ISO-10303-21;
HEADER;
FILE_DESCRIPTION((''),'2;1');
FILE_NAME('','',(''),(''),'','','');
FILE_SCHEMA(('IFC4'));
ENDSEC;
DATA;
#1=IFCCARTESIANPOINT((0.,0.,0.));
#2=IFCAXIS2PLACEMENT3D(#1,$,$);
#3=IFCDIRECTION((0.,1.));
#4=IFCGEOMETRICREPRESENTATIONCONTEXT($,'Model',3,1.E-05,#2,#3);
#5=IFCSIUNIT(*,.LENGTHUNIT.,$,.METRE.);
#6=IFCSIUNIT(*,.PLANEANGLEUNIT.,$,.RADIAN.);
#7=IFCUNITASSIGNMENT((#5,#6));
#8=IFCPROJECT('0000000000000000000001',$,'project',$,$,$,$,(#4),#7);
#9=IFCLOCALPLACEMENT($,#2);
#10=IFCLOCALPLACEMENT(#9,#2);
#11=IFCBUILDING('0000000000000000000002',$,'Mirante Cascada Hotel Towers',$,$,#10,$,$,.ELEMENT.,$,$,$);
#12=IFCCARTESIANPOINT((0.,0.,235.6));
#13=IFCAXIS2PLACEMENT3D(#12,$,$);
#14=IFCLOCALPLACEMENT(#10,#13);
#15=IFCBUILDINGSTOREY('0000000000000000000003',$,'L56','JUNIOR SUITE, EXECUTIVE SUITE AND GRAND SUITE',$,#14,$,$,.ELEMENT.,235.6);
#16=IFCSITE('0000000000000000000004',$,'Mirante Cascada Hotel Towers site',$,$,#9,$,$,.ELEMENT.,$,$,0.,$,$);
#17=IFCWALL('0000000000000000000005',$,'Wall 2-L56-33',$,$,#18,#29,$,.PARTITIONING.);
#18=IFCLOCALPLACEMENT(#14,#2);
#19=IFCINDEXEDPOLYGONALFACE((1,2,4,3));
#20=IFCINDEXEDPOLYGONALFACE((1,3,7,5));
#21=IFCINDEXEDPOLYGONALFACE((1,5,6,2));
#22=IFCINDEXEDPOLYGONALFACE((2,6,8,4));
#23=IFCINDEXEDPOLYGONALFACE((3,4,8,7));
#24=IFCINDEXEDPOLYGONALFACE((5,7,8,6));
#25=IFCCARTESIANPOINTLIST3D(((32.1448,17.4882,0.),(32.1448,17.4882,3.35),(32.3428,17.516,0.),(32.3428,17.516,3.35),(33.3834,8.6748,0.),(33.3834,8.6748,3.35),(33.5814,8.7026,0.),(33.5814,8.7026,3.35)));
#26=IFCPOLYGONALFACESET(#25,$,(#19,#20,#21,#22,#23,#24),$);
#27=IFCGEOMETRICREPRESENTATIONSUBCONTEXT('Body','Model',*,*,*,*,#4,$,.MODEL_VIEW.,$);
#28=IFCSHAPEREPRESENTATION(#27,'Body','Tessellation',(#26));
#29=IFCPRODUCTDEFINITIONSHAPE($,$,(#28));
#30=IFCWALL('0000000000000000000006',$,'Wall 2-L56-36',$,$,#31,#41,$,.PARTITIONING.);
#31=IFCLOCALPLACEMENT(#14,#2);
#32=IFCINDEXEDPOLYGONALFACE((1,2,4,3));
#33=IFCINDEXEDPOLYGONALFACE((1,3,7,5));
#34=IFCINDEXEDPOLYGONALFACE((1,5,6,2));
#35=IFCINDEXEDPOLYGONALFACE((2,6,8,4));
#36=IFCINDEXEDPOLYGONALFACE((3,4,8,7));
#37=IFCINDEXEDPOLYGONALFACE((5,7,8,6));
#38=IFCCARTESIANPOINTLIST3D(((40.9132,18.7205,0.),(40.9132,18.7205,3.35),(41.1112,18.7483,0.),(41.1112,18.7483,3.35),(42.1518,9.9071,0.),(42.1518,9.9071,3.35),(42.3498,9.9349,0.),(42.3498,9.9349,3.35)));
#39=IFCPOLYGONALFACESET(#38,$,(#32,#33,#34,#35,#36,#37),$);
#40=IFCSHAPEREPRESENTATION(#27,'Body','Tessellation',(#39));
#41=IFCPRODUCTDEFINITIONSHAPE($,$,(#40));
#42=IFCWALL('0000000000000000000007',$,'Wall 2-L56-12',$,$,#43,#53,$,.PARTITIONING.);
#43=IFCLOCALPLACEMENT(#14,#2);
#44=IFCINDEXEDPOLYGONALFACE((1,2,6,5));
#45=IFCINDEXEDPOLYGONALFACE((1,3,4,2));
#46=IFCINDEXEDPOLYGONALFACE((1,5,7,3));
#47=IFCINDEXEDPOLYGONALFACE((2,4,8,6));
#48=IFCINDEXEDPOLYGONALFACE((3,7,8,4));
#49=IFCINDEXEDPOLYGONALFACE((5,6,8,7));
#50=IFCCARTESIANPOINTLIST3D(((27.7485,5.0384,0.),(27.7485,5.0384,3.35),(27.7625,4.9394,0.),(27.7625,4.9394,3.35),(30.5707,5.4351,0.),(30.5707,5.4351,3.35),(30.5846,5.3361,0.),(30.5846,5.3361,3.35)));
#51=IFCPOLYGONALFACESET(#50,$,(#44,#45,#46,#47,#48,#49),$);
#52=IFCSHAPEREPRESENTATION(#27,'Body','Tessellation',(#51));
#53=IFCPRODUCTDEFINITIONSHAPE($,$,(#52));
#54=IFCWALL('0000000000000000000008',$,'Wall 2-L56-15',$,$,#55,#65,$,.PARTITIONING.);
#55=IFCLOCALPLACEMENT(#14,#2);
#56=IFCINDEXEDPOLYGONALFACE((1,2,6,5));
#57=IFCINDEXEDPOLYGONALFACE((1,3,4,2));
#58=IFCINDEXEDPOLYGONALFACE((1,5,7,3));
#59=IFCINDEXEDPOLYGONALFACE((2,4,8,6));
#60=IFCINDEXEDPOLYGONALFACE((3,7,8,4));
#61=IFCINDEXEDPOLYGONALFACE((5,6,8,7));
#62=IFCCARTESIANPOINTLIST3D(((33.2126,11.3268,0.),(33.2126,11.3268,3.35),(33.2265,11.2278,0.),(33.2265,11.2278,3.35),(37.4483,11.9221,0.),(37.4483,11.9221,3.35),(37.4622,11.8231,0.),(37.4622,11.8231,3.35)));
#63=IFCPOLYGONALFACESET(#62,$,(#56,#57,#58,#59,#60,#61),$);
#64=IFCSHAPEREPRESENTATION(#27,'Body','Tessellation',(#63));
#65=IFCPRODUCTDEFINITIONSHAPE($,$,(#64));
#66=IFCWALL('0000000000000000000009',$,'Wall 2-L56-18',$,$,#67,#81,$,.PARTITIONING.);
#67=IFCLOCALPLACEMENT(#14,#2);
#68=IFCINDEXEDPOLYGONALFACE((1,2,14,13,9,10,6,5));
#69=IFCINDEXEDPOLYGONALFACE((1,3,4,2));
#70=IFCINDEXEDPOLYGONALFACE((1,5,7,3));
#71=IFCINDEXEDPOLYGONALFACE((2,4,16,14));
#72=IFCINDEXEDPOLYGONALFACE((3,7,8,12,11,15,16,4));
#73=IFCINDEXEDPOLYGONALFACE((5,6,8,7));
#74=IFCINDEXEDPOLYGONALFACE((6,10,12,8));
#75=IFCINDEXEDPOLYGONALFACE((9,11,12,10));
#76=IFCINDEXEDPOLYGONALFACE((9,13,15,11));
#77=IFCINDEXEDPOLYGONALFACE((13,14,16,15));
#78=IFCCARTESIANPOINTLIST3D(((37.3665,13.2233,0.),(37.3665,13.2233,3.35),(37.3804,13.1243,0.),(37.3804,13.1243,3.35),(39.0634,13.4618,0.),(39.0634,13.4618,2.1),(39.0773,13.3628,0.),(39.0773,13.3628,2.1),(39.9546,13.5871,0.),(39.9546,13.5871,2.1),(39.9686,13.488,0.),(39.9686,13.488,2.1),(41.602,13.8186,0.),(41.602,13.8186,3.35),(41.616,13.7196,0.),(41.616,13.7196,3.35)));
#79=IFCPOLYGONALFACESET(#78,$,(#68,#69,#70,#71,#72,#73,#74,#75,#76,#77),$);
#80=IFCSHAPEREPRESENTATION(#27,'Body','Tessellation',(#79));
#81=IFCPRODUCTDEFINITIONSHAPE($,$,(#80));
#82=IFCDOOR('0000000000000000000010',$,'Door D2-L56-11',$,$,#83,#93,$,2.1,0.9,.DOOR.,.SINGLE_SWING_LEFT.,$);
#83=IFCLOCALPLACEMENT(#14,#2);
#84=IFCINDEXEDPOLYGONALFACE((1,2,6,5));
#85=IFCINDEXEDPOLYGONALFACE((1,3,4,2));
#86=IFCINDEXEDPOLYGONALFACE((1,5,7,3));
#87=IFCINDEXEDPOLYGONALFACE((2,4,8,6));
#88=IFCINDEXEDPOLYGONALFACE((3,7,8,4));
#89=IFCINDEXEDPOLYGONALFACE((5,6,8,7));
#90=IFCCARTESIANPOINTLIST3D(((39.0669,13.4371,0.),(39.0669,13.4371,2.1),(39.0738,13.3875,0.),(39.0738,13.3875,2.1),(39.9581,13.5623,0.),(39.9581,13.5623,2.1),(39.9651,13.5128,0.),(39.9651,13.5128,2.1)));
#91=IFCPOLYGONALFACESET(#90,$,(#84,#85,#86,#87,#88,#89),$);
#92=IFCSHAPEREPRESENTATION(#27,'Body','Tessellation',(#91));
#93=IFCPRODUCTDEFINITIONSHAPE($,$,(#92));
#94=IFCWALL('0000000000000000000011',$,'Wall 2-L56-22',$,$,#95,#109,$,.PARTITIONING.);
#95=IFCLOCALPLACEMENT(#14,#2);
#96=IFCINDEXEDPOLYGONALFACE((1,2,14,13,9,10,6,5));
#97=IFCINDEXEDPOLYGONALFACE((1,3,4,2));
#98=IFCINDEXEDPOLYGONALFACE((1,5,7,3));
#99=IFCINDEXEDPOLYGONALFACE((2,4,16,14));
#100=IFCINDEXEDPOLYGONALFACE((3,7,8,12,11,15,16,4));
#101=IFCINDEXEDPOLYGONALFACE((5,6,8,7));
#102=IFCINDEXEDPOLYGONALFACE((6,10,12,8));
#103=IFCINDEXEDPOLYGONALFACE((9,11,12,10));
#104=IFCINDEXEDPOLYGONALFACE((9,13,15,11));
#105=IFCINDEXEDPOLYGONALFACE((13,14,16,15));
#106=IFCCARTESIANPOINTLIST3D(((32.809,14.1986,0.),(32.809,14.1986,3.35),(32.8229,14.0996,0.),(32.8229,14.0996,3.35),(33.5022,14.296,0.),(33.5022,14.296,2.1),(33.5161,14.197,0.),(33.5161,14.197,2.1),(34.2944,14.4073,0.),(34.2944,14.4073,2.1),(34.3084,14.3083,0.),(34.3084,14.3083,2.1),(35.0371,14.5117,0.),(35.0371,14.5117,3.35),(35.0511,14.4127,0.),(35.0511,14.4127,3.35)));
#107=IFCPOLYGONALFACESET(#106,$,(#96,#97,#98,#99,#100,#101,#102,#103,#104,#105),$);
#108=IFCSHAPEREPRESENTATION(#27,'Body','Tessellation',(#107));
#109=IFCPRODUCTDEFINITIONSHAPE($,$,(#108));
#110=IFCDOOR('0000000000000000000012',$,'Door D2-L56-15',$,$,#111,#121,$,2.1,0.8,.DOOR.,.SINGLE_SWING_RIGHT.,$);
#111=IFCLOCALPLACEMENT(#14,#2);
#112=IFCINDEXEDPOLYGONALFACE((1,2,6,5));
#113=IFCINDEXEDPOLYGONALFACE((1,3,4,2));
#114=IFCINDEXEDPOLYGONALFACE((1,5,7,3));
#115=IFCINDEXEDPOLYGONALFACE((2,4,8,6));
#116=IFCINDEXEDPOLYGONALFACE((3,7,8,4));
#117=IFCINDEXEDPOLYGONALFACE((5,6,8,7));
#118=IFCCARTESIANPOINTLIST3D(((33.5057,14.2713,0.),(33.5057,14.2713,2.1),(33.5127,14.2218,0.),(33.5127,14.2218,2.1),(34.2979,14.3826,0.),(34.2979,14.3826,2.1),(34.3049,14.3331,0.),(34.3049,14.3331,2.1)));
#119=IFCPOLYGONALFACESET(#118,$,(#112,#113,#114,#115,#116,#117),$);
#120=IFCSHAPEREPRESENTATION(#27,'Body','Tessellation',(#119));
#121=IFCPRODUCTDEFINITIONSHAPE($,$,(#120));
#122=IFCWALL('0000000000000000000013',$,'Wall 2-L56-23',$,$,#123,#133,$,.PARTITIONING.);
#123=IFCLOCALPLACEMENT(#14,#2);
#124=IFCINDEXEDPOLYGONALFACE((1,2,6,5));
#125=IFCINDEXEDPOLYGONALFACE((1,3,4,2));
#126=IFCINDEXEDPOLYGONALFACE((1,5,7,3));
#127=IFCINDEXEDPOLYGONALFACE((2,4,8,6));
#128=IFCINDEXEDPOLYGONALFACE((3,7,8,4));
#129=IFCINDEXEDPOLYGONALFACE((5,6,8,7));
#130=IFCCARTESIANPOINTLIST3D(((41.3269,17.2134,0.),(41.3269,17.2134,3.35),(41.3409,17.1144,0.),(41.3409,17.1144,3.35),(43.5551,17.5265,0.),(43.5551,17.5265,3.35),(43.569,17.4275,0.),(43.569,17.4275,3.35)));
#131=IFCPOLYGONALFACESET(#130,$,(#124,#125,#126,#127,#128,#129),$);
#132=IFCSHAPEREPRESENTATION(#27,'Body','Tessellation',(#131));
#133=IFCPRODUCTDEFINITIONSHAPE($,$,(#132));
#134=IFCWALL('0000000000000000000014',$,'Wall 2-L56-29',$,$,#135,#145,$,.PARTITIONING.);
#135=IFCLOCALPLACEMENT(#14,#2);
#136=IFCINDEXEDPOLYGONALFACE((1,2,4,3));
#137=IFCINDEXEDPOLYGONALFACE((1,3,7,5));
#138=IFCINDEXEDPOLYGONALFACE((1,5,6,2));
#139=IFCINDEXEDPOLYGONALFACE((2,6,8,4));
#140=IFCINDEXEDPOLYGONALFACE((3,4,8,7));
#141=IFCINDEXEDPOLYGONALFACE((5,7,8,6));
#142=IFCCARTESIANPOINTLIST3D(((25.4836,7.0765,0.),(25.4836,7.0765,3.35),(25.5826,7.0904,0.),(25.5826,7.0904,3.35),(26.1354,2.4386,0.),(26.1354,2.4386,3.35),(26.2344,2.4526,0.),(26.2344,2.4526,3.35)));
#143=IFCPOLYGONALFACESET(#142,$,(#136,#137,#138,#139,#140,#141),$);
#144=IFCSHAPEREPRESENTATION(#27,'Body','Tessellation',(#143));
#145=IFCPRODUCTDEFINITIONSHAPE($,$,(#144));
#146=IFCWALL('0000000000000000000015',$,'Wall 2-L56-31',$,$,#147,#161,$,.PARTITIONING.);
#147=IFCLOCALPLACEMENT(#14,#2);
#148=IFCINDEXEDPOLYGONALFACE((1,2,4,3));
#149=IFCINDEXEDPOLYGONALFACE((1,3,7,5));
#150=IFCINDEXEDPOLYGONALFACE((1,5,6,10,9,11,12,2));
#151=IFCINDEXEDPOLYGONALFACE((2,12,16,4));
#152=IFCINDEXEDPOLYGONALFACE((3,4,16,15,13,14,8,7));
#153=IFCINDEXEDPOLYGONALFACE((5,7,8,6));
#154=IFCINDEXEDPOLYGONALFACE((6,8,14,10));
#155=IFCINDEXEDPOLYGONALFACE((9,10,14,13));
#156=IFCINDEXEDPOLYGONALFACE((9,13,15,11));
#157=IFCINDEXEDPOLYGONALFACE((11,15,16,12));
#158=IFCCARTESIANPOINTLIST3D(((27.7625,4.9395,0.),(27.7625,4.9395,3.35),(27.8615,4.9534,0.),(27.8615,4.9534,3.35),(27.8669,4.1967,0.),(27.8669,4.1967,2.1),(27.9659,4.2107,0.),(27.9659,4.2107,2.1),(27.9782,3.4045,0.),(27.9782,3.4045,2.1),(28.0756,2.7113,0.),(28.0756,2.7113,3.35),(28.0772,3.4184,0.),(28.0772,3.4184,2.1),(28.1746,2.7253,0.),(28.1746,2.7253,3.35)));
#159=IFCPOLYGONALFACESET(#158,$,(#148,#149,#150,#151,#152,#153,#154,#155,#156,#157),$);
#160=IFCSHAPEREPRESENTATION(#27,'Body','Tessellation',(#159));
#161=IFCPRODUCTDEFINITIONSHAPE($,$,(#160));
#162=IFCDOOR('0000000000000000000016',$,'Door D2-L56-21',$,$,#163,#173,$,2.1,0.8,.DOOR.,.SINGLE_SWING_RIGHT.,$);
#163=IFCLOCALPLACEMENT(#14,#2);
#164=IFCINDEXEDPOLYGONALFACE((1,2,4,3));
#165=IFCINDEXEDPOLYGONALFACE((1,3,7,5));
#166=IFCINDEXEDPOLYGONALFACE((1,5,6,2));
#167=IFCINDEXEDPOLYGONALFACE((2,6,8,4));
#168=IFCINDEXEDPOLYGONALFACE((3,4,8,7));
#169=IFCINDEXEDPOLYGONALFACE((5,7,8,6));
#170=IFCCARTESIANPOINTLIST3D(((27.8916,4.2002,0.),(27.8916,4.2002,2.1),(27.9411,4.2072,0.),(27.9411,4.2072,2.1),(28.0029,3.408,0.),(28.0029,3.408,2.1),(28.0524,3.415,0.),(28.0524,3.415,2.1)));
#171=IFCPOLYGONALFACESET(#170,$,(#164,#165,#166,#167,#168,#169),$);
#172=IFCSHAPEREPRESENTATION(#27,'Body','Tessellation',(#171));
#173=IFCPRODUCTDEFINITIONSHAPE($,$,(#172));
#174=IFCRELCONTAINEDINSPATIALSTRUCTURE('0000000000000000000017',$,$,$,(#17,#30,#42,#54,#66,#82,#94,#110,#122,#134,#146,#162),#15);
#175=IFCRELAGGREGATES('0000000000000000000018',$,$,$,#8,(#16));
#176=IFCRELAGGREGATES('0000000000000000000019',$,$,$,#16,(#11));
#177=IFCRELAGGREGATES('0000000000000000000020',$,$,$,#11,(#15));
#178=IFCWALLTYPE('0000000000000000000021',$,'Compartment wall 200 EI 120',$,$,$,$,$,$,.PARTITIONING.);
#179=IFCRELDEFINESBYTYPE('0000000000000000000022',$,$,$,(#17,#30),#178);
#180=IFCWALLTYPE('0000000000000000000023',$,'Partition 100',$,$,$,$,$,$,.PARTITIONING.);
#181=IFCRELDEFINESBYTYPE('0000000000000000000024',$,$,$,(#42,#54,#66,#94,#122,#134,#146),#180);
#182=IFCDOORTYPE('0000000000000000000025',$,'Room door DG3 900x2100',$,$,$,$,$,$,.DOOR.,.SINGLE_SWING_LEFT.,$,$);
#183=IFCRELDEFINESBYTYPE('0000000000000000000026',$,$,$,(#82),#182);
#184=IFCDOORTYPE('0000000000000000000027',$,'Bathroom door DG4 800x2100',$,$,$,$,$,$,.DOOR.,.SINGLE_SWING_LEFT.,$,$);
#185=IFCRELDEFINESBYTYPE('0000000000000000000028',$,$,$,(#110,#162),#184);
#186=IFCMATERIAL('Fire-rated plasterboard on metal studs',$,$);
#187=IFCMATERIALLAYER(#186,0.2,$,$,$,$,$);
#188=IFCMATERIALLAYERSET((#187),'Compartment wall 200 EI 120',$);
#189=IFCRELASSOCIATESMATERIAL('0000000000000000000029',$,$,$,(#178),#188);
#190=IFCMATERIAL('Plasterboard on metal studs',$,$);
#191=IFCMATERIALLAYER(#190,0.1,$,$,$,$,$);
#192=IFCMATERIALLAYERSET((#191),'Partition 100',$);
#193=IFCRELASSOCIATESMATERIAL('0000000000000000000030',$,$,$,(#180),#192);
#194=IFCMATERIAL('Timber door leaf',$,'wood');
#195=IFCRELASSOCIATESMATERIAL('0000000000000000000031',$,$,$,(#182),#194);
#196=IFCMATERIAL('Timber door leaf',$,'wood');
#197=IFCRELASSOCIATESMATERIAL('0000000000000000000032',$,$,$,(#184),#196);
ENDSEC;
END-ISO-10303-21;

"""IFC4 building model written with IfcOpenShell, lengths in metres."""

from ifc_helpers import new_model, si_unit, direction, frame, frame_2d, origin, place, context, subcontext, project, spatial, rectangle, extrude, material, layer, layer_set, type_object, element, fill, save


model = new_model("IFC4")

# Units and contexts
model_context = context("Model", 3, precision=1e-05, world=origin(), true_north=direction((0.0, 1.0)))
body_context = subcontext(model_context, "Body", "Model", "MODEL_VIEW")
ifc_project = project(units=[si_unit("LENGTHUNIT", "METRE"), si_unit("PLANEANGLEUNIT", "RADIAN")], contexts=[model_context])

# Site, building, storey
site_placement = place(None, origin())
site = spatial("IfcSite", under=ifc_project, at=site_placement, Name="Mirante Cascada Hotel Towers site", CompositionType="ELEMENT", RefElevation=0.0)
building_placement = place(site_placement, origin())
building = spatial("IfcBuilding", under=site, at=building_placement, Name="Mirante Cascada Hotel Towers", CompositionType="ELEMENT")
storey_placement = place(building_placement, frame((0.0, 0.0, 235.6)))
storey = spatial("IfcBuildingStorey", under=building, at=storey_placement, Name="L56", Description="JUNIOR SUITE, EXECUTIVE SUITE AND GRAND SUITE", CompositionType="ELEMENT", Elevation=235.6)

# Shared definitions
ifc_material_1 = material(Name="Fire-rated plasterboard on metal studs")
ifc_layer_1 = layer(ifc_material_1, 0.2)
ifc_layer_set_1 = layer_set([ifc_layer_1], Name="Compartment wall 200 EI 120")
wall_type_1 = type_object("IfcWallType", Name="Compartment wall 200 EI 120", PredefinedType="PARTITIONING", material=ifc_layer_set_1)

# Walls
for number, where, z_axis, x_axis, name in (
    (1, (33.4824, 8.6887, 0.0), (0.0, 0.0, 1.0), (-0.139168, 0.990269, 0.0), "Wall 2-L56-33"),
    (2, (41.0122, 18.7344, 0.0), (0.0, 0.0, 1.0), (0.139168, -0.990269, 0.0), "Wall 2-L56-36"),
):
    element("IfcWall", number, at=place(storey_placement, frame(where, z_axis=z_axis, x_axis=x_axis)), inside=storey, type_object=wall_type_1, Name=name, PredefinedType="PARTITIONING", context=body_context, shape_type="SweptSolid", body=[
        extrude(rectangle(XDim=8.9, YDim=0.2, at=frame_2d((4.45, 0.0))), origin(), (0.0, 0.0, 1.0), 3.35),
    ])
ifc_material_2 = material(Name="Plasterboard on metal studs")
ifc_layer_2 = layer(ifc_material_2, 0.1)
ifc_layer_set_2 = layer_set([ifc_layer_2], Name="Partition 100")
wall_type_2 = type_object("IfcWallType", Name="Partition 100", PredefinedType="PARTITIONING", material=ifc_layer_set_2)
wall_1_placement = place(storey_placement, frame((30.5777, 5.3856, 0.0), z_axis=(0.0, 0.0, 1.0), x_axis=(-0.990265, -0.139196, 0.0)))
element("IfcWall", 3, at=wall_1_placement, inside=storey, type_object=wall_type_2, Name="Wall 2-L56-12", PredefinedType="PARTITIONING", context=body_context, shape_type="SweptSolid", body=[
    extrude(rectangle(XDim=2.8499, YDim=0.1, at=frame_2d((1.425, 0.0))), origin(), (0.0, 0.0, 1.0), 3.35),
])
wall_2_placement = place(storey_placement, frame((33.2196, 11.2773, 0.0), z_axis=(0.0, 0.0, 1.0), x_axis=(0.990268, 0.139176, 0.0)))
element("IfcWall", 4, at=wall_2_placement, inside=storey, type_object=wall_type_2, Name="Wall 2-L56-15", PredefinedType="PARTITIONING", context=body_context, shape_type="SweptSolid", body=[
    extrude(rectangle(XDim=4.2773, YDim=0.1, at=frame_2d((2.1386, 0.0))), origin(), (0.0, 0.0, 1.0), 3.35),
])

# Walls, openings, doors
wall_3_placement = place(storey_placement, frame((41.609, 13.7691, 0.0), z_axis=(0.0, 0.0, 1.0), x_axis=(-0.990267, -0.139179, 0.0)))
wall_3 = element("IfcWall", 5, at=wall_3_placement, inside=storey, type_object=wall_type_2, Name="Wall 2-L56-18", PredefinedType="PARTITIONING", context=body_context, shape_type="SweptSolid", body=[
    extrude(rectangle(XDim=4.2772, YDim=0.1, at=frame_2d((2.1386, 0.0))), origin(), (0.0, 0.0, 1.0), 3.35),
])
opening_1_placement = place(wall_3_placement, frame((1.6636, 0.0, 0.0)))
opening_1 = element("IfcOpeningElement", 6, at=opening_1_placement, cuts=wall_3, PredefinedType="OPENING", context=body_context, shape_type="SweptSolid", body=[
    extrude(rectangle(XDim=0.9, YDim=2.1, at=frame_2d((0.45, 1.05))), frame((0.0, 0.05, 0.0), z_axis=(0.0, -1.0, 0.0), x_axis=(1.0, 0.0, 0.0)), (0.0, 0.0, 1.0), 0.1),
])
ifc_material_3 = material(Name="Timber door leaf", Category="wood")
door_type_1 = type_object("IfcDoorType", Name="Room door DG3 900x2100", OperationType="SINGLE_SWING_LEFT", PredefinedType="DOOR", material=ifc_material_3)
door_1_placement = place(opening_1_placement, origin())
door_1 = element("IfcDoor", 7, at=door_1_placement, inside=storey, type_object=door_type_1, Name="Door D2-L56-11", OperationType="SINGLE_SWING_LEFT", OverallHeight=2.1, OverallWidth=0.9, PredefinedType="DOOR", context=body_context, shape_type="SweptSolid", body=[
    extrude(rectangle(XDim=0.9, YDim=2.1, at=frame_2d((0.45, 1.05))), frame((0.0, 0.025, 0.0), z_axis=(0.0, -1.0, 0.0), x_axis=(1.0, 0.0, 0.0)), (0.0, 0.0, 1.0), 0.05),
])
fill(opening_1, door_1)
wall_4_placement = place(storey_placement, frame((35.0441, 14.4622, 0.0), z_axis=(0.0, 0.0, 1.0), x_axis=(-0.990271, -0.139156, 0.0)))
wall_4 = element("IfcWall", 8, at=wall_4_placement, inside=storey, type_object=wall_type_2, Name="Wall 2-L56-22", PredefinedType="PARTITIONING", context=body_context, shape_type="SweptSolid", body=[
    extrude(rectangle(XDim=2.25, YDim=0.1, at=frame_2d((1.125, 0.0))), origin(), (0.0, 0.0, 1.0), 3.35),
])
opening_2_placement = place(wall_4_placement, frame((0.75, 0.0, 0.0)))
opening_2 = element("IfcOpeningElement", 9, at=opening_2_placement, cuts=wall_4, PredefinedType="OPENING", context=body_context, shape_type="SweptSolid", body=[
    extrude(rectangle(XDim=0.8, YDim=2.1, at=frame_2d((0.4, 1.05))), frame((0.0, 0.05, 0.0), z_axis=(0.0, -1.0, 0.0), x_axis=(1.0, 0.0, 0.0)), (0.0, 0.0, 1.0), 0.1),
])
ifc_material_4 = material(Name="Timber door leaf", Category="wood")
door_type_2 = type_object("IfcDoorType", Name="Bathroom door DG4 800x2100", OperationType="SINGLE_SWING_LEFT", PredefinedType="DOOR", material=ifc_material_4)
door_2_placement = place(opening_2_placement, frame((0.8, 0.0, 0.0), z_axis=(0.0, 0.0, 1.0), x_axis=(-1.0, 0.0, 0.0)))
door_2 = element("IfcDoor", 10, at=door_2_placement, inside=storey, type_object=door_type_2, Name="Door D2-L56-15", OperationType="SINGLE_SWING_RIGHT", OverallHeight=2.1, OverallWidth=0.8, PredefinedType="DOOR", context=body_context, shape_type="SweptSolid", body=[
    extrude(rectangle(XDim=0.8, YDim=2.1, at=frame_2d((0.4, 1.05))), frame((0.0, 0.025, 0.0), z_axis=(0.0, -1.0, 0.0), x_axis=(1.0, 0.0, 0.0)), (0.0, 0.0, 1.0), 0.05),
])
fill(opening_2, door_2)

# Walls
wall_5_placement = place(storey_placement, frame((41.3339, 17.1639, 0.0), z_axis=(0.0, 0.0, 1.0), x_axis=(0.990271, 0.139156, 0.0)))
element("IfcWall", 11, at=wall_5_placement, inside=storey, type_object=wall_type_2, Name="Wall 2-L56-23", PredefinedType="PARTITIONING", context=body_context, shape_type="SweptSolid", body=[
    extrude(rectangle(XDim=2.25, YDim=0.1, at=frame_2d((1.125, 0.0))), origin(), (0.0, 0.0, 1.0), 3.35),
])
wall_6_placement = place(storey_placement, frame((26.1849, 2.4456, 0.0), z_axis=(0.0, 0.0, 1.0), x_axis=(-0.139173, 0.990268, 0.0)))
element("IfcWall", 12, at=wall_6_placement, inside=storey, type_object=wall_type_2, Name="Wall 2-L56-29", PredefinedType="PARTITIONING", context=body_context, shape_type="SweptSolid", body=[
    extrude(rectangle(XDim=4.6834, YDim=0.1, at=frame_2d((2.3417, 0.0))), origin(), (0.0, 0.0, 1.0), 3.35),
])

# Wall, opening, door
wall_7_placement = place(storey_placement, frame((28.1251, 2.7183, 0.0), z_axis=(0.0, 0.0, 1.0), x_axis=(-0.139156, 0.990271, 0.0)))
wall_7 = element("IfcWall", 13, at=wall_7_placement, inside=storey, type_object=wall_type_2, Name="Wall 2-L56-31", PredefinedType="PARTITIONING", context=body_context, shape_type="SweptSolid", body=[
    extrude(rectangle(XDim=2.25, YDim=0.1, at=frame_2d((1.125, 0.0))), origin(), (0.0, 0.0, 1.0), 3.35),
])
opening_3_placement = place(wall_7_placement, frame((0.7, 0.0, 0.0)))
opening_3 = element("IfcOpeningElement", 14, at=opening_3_placement, cuts=wall_7, PredefinedType="OPENING", context=body_context, shape_type="SweptSolid", body=[
    extrude(rectangle(XDim=0.8, YDim=2.1, at=frame_2d((0.4, 1.05))), frame((0.0, 0.05, 0.0), z_axis=(0.0, -1.0, 0.0), x_axis=(1.0, 0.0, 0.0)), (0.0, 0.0, 1.0), 0.1),
])
door_3_placement = place(opening_3_placement, frame((0.8, 0.0, 0.0), z_axis=(0.0, 0.0, 1.0), x_axis=(-1.0, 0.0, 0.0)))
door_3 = element("IfcDoor", 15, at=door_3_placement, inside=storey, type_object=door_type_2, Name="Door D2-L56-21", OperationType="SINGLE_SWING_RIGHT", OverallHeight=2.1, OverallWidth=0.8, PredefinedType="DOOR", context=body_context, shape_type="SweptSolid", body=[
    extrude(rectangle(XDim=0.8, YDim=2.1, at=frame_2d((0.4, 1.05))), frame((0.0, 0.025, 0.0), z_axis=(0.0, -1.0, 0.0), x_axis=(1.0, 0.0, 0.0)), (0.0, 0.0, 1.0), 0.05),
])
fill(opening_3, door_3)

save(model, "model.ifc")
